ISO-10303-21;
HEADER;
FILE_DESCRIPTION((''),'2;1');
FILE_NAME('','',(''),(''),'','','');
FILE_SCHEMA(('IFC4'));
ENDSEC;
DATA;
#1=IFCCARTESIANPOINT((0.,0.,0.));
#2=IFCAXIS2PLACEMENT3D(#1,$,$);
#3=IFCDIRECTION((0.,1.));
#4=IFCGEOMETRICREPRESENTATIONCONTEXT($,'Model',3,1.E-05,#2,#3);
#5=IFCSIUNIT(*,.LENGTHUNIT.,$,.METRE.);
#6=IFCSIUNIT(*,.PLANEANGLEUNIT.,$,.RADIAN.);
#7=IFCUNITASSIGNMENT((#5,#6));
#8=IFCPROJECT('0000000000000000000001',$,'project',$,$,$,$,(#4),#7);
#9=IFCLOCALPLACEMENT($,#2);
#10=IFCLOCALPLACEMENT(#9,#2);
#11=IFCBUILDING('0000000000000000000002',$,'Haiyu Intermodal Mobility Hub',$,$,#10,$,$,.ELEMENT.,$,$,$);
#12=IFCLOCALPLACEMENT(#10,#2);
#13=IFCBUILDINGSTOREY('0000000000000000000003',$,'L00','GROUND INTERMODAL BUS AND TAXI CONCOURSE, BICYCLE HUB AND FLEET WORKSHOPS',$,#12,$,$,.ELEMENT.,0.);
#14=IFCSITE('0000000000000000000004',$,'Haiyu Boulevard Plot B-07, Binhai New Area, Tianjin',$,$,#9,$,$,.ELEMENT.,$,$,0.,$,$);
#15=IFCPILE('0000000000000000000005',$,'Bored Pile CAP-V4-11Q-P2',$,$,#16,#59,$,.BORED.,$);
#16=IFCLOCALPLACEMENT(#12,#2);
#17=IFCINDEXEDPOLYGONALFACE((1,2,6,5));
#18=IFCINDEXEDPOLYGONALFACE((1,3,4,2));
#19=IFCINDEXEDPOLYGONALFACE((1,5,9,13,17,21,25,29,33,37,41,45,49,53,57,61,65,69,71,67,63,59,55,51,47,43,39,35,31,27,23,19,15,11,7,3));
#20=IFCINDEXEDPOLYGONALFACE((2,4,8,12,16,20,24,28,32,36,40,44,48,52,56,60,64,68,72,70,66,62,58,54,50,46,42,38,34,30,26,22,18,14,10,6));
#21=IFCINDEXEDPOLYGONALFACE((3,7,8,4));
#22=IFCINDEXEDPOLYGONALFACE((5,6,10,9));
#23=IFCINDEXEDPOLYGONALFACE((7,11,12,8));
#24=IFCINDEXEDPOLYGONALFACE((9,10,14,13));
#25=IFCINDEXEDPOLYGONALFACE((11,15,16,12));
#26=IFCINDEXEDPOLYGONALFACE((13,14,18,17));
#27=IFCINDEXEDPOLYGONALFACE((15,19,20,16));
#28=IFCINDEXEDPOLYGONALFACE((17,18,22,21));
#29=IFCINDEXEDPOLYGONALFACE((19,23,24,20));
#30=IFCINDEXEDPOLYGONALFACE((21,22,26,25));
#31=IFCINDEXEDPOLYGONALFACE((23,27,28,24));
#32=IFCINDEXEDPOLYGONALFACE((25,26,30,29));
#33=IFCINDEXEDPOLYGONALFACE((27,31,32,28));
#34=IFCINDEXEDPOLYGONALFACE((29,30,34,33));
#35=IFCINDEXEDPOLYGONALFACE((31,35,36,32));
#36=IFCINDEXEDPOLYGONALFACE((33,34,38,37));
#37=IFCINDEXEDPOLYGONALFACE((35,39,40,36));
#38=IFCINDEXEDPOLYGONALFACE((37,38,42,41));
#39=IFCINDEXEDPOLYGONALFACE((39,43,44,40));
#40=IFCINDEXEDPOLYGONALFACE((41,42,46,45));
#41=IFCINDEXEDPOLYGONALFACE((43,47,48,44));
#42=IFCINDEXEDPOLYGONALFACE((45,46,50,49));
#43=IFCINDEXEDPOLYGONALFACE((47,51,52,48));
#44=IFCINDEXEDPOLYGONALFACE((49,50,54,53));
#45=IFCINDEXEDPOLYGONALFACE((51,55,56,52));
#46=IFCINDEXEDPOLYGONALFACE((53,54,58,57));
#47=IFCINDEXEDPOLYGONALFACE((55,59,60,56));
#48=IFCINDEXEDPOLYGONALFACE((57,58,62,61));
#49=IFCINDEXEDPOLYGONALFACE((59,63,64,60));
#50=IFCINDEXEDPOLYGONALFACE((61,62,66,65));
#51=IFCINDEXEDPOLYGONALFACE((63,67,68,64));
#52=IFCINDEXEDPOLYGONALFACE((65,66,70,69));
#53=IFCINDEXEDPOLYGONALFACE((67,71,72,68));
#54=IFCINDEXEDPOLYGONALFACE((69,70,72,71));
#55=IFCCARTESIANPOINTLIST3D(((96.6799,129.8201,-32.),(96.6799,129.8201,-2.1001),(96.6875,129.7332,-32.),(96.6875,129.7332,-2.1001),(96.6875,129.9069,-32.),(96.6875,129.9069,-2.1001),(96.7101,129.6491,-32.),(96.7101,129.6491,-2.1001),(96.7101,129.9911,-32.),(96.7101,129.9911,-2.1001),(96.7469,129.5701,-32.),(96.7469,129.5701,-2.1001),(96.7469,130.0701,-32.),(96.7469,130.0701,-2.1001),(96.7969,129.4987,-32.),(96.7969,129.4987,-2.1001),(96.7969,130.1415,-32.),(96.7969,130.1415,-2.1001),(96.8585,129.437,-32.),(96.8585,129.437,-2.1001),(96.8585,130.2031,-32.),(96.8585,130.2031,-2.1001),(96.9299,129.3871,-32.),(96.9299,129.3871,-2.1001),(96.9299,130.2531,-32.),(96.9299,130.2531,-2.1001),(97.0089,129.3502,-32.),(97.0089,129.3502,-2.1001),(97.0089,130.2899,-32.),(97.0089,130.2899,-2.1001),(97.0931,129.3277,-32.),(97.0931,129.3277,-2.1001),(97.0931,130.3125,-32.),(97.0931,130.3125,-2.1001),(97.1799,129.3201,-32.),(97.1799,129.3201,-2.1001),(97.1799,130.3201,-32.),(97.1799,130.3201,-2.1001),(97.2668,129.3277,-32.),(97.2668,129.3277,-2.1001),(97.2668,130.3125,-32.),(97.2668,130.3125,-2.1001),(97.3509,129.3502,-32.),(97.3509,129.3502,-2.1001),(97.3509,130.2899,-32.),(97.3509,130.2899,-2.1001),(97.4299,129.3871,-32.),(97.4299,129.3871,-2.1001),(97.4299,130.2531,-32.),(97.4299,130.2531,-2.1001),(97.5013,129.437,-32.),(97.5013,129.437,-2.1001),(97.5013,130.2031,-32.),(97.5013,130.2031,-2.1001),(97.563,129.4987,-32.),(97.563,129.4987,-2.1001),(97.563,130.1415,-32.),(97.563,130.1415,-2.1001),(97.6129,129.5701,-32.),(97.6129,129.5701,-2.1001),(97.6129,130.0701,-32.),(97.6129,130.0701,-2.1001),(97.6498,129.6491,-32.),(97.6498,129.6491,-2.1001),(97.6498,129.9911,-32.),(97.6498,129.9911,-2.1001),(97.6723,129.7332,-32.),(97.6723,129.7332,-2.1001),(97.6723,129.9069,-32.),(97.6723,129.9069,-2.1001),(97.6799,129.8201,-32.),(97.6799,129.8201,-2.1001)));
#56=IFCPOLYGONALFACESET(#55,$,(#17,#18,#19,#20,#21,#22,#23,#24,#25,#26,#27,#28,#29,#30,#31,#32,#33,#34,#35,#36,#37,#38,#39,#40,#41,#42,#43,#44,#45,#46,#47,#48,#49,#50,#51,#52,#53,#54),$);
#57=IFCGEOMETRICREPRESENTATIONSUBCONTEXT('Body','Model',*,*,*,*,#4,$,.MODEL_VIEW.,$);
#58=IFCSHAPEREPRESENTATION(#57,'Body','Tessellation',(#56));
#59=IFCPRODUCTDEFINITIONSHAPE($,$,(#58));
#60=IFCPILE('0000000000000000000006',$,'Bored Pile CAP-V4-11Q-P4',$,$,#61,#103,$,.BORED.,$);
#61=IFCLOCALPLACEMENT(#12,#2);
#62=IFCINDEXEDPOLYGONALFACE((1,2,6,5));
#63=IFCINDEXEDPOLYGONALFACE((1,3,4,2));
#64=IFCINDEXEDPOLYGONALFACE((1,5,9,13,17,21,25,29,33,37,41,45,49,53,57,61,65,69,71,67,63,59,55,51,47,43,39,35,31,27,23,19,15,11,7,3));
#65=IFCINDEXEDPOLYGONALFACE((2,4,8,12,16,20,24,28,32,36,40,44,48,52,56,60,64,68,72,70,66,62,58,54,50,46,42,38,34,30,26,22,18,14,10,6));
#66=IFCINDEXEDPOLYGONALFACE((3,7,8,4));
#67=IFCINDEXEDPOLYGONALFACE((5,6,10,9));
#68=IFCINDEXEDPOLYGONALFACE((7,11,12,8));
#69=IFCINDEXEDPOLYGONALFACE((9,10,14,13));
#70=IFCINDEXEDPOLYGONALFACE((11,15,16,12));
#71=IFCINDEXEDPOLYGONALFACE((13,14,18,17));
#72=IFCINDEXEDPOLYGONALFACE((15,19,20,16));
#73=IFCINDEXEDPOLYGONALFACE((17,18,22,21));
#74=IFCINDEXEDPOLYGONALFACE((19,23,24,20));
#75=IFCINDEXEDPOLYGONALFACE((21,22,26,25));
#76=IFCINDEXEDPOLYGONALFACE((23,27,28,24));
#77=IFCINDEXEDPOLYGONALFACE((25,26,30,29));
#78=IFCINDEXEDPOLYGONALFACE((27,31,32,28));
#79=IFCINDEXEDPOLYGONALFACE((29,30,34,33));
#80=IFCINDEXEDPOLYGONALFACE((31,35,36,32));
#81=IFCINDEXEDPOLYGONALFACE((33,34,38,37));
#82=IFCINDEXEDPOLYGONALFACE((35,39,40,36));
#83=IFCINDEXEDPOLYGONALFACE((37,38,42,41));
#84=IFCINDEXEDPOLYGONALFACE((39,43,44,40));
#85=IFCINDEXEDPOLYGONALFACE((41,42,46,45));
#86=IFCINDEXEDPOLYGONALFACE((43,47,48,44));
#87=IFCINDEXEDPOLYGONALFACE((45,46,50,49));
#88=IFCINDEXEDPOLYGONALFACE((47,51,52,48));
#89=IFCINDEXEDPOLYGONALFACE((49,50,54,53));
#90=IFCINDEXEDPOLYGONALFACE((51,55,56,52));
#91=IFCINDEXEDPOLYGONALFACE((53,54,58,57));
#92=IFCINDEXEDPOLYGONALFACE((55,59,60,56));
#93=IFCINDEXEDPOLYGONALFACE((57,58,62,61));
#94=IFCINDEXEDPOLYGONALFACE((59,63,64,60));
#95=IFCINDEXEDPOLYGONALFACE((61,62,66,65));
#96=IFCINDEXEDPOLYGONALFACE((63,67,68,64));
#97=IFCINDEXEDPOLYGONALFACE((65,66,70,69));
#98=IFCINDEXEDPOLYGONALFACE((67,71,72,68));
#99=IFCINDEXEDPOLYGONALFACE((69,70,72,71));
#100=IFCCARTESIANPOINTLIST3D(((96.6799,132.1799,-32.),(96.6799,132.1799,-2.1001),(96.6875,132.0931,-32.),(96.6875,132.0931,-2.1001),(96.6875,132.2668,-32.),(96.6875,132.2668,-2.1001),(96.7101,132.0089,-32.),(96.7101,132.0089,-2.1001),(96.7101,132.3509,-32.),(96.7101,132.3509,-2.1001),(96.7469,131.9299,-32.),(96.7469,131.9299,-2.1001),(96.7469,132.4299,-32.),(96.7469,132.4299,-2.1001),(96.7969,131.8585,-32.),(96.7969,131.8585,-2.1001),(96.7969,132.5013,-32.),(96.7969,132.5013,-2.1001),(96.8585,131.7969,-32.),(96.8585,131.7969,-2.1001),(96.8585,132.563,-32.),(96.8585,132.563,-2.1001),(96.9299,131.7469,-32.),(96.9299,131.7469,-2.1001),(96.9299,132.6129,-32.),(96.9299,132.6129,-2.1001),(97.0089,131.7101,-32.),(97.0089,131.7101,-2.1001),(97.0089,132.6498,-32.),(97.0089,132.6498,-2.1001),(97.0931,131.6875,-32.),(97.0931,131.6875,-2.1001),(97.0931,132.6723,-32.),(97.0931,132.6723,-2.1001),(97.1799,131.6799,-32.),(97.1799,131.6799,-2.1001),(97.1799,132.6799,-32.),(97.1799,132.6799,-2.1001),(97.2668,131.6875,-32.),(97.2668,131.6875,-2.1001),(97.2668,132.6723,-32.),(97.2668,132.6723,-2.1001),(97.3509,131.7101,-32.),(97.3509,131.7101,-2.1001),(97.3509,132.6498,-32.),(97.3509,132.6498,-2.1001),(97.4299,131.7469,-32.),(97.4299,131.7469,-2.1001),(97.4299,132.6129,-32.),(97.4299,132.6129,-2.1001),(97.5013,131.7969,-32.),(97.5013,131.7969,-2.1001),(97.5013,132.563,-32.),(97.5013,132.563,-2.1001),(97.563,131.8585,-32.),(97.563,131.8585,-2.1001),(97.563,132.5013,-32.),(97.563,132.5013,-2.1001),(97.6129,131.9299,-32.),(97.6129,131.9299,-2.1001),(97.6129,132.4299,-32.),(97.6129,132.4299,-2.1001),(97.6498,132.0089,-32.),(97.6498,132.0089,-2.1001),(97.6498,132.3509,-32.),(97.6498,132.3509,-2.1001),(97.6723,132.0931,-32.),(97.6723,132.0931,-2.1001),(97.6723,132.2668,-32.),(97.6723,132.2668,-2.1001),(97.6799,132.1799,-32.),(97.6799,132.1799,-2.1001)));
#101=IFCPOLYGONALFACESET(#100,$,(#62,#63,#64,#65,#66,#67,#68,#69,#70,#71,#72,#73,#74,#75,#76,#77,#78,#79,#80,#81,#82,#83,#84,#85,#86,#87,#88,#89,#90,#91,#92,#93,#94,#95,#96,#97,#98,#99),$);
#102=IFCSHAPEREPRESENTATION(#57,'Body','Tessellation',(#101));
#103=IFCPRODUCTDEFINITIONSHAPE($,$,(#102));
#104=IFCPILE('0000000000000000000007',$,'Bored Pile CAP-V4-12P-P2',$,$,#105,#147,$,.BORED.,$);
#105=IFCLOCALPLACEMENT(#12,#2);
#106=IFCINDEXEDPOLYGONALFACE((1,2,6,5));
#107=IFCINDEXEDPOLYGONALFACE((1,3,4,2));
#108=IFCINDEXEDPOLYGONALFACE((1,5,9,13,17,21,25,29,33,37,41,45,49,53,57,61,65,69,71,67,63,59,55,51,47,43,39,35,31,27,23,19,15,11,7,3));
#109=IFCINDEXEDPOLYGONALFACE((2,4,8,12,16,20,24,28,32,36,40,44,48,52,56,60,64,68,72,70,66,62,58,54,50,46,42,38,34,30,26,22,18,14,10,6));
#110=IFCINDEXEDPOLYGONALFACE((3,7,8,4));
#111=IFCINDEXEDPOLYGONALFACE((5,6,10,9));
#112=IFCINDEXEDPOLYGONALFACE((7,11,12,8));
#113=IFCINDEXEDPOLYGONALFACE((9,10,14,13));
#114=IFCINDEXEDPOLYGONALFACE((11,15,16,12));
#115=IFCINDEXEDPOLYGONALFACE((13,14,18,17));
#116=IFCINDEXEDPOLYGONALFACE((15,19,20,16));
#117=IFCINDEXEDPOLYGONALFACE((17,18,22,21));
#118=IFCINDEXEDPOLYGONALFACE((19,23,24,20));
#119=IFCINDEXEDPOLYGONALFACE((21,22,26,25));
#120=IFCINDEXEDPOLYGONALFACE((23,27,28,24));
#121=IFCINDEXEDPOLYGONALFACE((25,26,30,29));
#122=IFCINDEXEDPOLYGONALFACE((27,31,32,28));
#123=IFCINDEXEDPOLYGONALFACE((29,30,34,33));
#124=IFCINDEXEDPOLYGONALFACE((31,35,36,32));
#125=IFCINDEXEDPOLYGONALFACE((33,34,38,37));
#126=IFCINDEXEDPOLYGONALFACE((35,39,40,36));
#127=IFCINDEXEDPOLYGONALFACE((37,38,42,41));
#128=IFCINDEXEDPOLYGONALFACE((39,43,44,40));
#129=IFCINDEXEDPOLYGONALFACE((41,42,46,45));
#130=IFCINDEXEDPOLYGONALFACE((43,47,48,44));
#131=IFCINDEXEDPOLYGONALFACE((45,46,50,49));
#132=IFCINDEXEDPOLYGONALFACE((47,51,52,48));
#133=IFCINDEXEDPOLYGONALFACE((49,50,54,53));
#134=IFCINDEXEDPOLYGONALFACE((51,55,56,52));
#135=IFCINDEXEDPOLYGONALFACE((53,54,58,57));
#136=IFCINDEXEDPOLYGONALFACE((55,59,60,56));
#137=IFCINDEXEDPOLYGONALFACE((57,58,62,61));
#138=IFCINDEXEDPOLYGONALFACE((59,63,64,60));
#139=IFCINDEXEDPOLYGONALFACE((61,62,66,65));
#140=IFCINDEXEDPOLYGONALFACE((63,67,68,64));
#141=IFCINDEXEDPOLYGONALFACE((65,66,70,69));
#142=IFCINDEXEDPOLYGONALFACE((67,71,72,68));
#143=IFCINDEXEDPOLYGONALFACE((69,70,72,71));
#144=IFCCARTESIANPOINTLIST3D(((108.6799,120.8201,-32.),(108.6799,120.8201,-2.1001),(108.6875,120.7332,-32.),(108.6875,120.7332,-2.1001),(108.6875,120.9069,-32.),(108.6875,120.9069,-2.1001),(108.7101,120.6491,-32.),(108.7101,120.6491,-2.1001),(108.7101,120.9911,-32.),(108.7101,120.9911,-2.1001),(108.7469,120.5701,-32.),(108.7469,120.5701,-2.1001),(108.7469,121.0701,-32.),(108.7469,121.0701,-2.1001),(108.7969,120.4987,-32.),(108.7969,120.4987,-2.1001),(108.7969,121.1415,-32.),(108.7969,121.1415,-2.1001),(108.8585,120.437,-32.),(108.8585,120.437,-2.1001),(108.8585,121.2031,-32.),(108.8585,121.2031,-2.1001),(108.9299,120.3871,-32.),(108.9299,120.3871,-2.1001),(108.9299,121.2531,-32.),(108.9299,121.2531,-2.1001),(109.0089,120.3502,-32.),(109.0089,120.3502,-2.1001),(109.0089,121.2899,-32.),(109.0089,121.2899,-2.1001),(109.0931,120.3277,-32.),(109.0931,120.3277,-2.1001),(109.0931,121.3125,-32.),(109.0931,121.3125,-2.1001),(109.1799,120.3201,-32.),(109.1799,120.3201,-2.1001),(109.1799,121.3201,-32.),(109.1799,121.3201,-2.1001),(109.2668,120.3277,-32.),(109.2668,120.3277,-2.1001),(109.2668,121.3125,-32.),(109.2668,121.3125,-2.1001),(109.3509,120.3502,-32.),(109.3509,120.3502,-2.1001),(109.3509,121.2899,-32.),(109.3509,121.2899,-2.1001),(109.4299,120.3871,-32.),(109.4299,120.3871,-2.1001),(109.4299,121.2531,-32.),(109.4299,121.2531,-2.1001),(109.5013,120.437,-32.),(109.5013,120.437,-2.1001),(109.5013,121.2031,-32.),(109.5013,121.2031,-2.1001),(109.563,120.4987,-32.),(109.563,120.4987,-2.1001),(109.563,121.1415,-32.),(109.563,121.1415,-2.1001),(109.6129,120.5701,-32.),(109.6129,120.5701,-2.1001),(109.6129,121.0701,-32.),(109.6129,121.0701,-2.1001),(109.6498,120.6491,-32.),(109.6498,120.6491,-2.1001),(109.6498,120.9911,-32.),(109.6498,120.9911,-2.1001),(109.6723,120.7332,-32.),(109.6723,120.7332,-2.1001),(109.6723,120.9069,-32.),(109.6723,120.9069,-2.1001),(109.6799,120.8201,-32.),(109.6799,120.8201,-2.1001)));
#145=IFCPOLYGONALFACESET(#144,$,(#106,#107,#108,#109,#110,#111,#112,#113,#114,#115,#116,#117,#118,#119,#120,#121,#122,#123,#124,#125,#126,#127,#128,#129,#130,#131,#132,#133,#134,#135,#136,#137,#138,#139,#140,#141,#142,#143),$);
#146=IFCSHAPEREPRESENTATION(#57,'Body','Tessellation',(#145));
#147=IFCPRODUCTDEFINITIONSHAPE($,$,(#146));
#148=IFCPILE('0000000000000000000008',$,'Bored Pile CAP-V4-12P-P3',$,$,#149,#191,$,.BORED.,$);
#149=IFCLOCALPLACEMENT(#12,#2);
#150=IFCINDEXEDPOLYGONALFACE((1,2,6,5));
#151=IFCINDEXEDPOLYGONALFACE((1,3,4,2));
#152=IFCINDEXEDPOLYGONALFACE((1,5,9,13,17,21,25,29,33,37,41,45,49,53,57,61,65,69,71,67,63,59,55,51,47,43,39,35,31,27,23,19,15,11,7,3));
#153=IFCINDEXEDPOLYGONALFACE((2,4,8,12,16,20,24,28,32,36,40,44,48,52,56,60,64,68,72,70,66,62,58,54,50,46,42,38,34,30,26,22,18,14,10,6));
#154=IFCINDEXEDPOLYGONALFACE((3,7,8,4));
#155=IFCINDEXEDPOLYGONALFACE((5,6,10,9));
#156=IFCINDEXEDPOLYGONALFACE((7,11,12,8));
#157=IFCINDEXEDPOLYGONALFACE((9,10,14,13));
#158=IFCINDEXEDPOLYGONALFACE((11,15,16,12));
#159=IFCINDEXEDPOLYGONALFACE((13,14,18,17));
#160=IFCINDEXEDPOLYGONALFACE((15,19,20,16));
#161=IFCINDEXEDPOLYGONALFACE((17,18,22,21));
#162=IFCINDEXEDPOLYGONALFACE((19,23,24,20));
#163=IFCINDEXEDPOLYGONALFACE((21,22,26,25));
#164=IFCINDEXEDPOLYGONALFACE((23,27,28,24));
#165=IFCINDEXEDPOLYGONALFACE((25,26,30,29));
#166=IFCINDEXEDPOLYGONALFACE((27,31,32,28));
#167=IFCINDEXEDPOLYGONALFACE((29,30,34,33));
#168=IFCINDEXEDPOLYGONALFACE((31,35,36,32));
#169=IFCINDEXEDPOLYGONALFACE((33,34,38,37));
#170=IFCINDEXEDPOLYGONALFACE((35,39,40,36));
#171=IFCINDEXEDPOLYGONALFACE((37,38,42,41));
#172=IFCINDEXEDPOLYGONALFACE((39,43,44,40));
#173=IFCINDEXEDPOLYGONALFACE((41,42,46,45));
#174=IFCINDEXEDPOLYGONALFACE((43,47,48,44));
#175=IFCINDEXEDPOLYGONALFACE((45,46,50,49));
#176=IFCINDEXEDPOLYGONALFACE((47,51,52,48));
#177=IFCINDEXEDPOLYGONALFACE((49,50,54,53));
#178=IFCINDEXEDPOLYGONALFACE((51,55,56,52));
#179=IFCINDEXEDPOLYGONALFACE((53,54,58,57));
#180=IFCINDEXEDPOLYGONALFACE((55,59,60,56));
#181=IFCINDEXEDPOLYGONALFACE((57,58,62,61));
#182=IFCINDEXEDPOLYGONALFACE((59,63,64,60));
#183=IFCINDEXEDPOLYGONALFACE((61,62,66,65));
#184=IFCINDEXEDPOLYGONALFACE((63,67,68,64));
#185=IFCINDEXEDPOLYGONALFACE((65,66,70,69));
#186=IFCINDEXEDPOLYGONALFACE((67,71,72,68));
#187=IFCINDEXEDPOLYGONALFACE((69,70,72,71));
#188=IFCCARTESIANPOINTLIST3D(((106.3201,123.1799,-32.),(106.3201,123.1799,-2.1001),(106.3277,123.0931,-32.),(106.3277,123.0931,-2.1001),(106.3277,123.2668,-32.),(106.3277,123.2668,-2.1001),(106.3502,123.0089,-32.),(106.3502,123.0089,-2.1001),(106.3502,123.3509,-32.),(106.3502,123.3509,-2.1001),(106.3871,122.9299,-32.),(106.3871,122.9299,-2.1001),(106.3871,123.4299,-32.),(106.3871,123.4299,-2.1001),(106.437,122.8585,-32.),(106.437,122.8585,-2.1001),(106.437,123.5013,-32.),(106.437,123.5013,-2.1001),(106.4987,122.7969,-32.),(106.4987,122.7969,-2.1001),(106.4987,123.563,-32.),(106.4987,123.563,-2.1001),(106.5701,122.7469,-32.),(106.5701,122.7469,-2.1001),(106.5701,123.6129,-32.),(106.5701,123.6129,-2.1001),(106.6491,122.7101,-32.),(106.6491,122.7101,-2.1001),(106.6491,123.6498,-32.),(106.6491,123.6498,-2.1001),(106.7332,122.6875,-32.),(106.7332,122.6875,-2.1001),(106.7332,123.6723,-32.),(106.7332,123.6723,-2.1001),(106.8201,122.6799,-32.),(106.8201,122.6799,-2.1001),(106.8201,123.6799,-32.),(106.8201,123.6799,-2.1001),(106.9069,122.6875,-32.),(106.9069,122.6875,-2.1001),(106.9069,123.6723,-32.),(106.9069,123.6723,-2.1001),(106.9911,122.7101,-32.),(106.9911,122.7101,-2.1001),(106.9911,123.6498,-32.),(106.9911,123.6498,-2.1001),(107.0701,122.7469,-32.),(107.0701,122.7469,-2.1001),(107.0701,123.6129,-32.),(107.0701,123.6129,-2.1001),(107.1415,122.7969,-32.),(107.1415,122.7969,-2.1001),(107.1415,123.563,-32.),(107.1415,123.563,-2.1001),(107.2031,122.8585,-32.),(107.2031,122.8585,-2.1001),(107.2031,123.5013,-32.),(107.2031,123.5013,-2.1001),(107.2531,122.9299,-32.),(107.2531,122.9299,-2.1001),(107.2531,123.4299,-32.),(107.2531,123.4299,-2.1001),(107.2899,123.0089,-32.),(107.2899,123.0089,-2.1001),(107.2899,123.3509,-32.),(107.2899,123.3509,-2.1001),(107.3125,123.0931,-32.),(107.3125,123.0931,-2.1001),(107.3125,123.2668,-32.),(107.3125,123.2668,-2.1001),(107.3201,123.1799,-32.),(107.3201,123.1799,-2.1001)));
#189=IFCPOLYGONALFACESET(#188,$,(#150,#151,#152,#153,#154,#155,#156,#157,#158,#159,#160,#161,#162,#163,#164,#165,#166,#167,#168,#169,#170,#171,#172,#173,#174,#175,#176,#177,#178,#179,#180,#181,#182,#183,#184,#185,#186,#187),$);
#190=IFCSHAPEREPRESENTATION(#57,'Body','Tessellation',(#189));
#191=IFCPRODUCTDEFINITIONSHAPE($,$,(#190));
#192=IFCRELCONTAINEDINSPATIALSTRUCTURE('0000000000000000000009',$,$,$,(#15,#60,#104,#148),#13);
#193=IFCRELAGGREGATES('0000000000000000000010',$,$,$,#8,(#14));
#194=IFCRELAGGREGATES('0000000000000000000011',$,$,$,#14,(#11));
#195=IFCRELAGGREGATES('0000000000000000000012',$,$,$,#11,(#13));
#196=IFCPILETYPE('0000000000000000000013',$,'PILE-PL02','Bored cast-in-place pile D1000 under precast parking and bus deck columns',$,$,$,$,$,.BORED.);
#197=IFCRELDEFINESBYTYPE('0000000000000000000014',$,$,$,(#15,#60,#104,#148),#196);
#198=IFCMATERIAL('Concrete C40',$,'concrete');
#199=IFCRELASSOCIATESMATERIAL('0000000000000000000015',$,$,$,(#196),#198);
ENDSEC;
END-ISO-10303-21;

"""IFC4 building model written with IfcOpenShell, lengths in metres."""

from ifc_helpers import new_model, si_unit, direction, frame, origin, origin_2d, place, context, subcontext, project, spatial, circle, extrude, material, material_profile, profile_set, type_object, element, save


model = new_model("IFC4")

# Units and contexts
model_context = context("Model", 3, precision=1e-05, world=origin(), true_north=direction((0.0, 1.0)))
body_context = subcontext(model_context, "Body", "Model", "MODEL_VIEW")
ifc_project = project(units=[si_unit("LENGTHUNIT", "METRE"), si_unit("PLANEANGLEUNIT", "RADIAN")], contexts=[model_context])

# Site, building, storey
site_placement = place(None, origin())
site = spatial("IfcSite", under=ifc_project, at=site_placement, Name="Haiyu Boulevard Plot B-07, Binhai New Area, Tianjin", CompositionType="ELEMENT", RefElevation=0.0)
building_placement = place(site_placement, origin())
building = spatial("IfcBuilding", under=site, at=building_placement, Name="Haiyu Intermodal Mobility Hub", CompositionType="ELEMENT")
storey_placement = place(building_placement, origin())
storey = spatial("IfcBuildingStorey", under=building, at=storey_placement, Name="L00", Description="GROUND INTERMODAL BUS AND TAXI CONCOURSE, BICYCLE HUB AND FLEET WORKSHOPS", CompositionType="ELEMENT", Elevation=0.0)

# Shared definitions
ifc_material_1 = material(Name="Concrete C40", Category="concrete")

# Piles
ifc_material_profile_1 = material_profile(ifc_material_1, circle(Radius=0.5, at=origin_2d()), Name="PILE-D1000")
ifc_profile_set_1 = profile_set([ifc_material_profile_1], Name="Concrete C40")
pile_type = type_object("IfcPileType", Name="PILE-PL02", Description="Bored cast-in-place pile D1000 under precast parking and bus deck columns", PredefinedType="BORED", material=ifc_profile_set_1)
for number, where, z_axis, x_axis, name in (
    (1, (97.1799, 129.8201, -2.1001), (0.0, 0.0, -1.0), (1.0, 0.0, 0.0), "Bored Pile CAP-V4-11Q-P2"),
    (2, (97.1799, 132.1799, -2.1001), (0.0, 0.0, -1.0), (1.0, 0.0, 0.0), "Bored Pile CAP-V4-11Q-P4"),
    (3, (109.1799, 120.8201, -2.1001), (0.0, 0.0, -1.0), (1.0, 0.0, 0.0), "Bored Pile CAP-V4-12P-P2"),
    (4, (106.8201, 123.1799, -2.1001), (0.0, 0.0, -1.0), (1.0, 0.0, 0.0), "Bored Pile CAP-V4-12P-P3"),
):
    element("IfcPile", number, at=place(storey_placement, frame(where, z_axis=z_axis, x_axis=x_axis)), inside=storey, type_object=pile_type, Name=name, PredefinedType="BORED", context=body_context, shape_type="SweptSolid", body=[
        extrude(circle(Radius=0.5, at=origin_2d()), origin(), (0.0, 0.0, 1.0), 29.8999),
    ])

save(model, "model.ifc")
